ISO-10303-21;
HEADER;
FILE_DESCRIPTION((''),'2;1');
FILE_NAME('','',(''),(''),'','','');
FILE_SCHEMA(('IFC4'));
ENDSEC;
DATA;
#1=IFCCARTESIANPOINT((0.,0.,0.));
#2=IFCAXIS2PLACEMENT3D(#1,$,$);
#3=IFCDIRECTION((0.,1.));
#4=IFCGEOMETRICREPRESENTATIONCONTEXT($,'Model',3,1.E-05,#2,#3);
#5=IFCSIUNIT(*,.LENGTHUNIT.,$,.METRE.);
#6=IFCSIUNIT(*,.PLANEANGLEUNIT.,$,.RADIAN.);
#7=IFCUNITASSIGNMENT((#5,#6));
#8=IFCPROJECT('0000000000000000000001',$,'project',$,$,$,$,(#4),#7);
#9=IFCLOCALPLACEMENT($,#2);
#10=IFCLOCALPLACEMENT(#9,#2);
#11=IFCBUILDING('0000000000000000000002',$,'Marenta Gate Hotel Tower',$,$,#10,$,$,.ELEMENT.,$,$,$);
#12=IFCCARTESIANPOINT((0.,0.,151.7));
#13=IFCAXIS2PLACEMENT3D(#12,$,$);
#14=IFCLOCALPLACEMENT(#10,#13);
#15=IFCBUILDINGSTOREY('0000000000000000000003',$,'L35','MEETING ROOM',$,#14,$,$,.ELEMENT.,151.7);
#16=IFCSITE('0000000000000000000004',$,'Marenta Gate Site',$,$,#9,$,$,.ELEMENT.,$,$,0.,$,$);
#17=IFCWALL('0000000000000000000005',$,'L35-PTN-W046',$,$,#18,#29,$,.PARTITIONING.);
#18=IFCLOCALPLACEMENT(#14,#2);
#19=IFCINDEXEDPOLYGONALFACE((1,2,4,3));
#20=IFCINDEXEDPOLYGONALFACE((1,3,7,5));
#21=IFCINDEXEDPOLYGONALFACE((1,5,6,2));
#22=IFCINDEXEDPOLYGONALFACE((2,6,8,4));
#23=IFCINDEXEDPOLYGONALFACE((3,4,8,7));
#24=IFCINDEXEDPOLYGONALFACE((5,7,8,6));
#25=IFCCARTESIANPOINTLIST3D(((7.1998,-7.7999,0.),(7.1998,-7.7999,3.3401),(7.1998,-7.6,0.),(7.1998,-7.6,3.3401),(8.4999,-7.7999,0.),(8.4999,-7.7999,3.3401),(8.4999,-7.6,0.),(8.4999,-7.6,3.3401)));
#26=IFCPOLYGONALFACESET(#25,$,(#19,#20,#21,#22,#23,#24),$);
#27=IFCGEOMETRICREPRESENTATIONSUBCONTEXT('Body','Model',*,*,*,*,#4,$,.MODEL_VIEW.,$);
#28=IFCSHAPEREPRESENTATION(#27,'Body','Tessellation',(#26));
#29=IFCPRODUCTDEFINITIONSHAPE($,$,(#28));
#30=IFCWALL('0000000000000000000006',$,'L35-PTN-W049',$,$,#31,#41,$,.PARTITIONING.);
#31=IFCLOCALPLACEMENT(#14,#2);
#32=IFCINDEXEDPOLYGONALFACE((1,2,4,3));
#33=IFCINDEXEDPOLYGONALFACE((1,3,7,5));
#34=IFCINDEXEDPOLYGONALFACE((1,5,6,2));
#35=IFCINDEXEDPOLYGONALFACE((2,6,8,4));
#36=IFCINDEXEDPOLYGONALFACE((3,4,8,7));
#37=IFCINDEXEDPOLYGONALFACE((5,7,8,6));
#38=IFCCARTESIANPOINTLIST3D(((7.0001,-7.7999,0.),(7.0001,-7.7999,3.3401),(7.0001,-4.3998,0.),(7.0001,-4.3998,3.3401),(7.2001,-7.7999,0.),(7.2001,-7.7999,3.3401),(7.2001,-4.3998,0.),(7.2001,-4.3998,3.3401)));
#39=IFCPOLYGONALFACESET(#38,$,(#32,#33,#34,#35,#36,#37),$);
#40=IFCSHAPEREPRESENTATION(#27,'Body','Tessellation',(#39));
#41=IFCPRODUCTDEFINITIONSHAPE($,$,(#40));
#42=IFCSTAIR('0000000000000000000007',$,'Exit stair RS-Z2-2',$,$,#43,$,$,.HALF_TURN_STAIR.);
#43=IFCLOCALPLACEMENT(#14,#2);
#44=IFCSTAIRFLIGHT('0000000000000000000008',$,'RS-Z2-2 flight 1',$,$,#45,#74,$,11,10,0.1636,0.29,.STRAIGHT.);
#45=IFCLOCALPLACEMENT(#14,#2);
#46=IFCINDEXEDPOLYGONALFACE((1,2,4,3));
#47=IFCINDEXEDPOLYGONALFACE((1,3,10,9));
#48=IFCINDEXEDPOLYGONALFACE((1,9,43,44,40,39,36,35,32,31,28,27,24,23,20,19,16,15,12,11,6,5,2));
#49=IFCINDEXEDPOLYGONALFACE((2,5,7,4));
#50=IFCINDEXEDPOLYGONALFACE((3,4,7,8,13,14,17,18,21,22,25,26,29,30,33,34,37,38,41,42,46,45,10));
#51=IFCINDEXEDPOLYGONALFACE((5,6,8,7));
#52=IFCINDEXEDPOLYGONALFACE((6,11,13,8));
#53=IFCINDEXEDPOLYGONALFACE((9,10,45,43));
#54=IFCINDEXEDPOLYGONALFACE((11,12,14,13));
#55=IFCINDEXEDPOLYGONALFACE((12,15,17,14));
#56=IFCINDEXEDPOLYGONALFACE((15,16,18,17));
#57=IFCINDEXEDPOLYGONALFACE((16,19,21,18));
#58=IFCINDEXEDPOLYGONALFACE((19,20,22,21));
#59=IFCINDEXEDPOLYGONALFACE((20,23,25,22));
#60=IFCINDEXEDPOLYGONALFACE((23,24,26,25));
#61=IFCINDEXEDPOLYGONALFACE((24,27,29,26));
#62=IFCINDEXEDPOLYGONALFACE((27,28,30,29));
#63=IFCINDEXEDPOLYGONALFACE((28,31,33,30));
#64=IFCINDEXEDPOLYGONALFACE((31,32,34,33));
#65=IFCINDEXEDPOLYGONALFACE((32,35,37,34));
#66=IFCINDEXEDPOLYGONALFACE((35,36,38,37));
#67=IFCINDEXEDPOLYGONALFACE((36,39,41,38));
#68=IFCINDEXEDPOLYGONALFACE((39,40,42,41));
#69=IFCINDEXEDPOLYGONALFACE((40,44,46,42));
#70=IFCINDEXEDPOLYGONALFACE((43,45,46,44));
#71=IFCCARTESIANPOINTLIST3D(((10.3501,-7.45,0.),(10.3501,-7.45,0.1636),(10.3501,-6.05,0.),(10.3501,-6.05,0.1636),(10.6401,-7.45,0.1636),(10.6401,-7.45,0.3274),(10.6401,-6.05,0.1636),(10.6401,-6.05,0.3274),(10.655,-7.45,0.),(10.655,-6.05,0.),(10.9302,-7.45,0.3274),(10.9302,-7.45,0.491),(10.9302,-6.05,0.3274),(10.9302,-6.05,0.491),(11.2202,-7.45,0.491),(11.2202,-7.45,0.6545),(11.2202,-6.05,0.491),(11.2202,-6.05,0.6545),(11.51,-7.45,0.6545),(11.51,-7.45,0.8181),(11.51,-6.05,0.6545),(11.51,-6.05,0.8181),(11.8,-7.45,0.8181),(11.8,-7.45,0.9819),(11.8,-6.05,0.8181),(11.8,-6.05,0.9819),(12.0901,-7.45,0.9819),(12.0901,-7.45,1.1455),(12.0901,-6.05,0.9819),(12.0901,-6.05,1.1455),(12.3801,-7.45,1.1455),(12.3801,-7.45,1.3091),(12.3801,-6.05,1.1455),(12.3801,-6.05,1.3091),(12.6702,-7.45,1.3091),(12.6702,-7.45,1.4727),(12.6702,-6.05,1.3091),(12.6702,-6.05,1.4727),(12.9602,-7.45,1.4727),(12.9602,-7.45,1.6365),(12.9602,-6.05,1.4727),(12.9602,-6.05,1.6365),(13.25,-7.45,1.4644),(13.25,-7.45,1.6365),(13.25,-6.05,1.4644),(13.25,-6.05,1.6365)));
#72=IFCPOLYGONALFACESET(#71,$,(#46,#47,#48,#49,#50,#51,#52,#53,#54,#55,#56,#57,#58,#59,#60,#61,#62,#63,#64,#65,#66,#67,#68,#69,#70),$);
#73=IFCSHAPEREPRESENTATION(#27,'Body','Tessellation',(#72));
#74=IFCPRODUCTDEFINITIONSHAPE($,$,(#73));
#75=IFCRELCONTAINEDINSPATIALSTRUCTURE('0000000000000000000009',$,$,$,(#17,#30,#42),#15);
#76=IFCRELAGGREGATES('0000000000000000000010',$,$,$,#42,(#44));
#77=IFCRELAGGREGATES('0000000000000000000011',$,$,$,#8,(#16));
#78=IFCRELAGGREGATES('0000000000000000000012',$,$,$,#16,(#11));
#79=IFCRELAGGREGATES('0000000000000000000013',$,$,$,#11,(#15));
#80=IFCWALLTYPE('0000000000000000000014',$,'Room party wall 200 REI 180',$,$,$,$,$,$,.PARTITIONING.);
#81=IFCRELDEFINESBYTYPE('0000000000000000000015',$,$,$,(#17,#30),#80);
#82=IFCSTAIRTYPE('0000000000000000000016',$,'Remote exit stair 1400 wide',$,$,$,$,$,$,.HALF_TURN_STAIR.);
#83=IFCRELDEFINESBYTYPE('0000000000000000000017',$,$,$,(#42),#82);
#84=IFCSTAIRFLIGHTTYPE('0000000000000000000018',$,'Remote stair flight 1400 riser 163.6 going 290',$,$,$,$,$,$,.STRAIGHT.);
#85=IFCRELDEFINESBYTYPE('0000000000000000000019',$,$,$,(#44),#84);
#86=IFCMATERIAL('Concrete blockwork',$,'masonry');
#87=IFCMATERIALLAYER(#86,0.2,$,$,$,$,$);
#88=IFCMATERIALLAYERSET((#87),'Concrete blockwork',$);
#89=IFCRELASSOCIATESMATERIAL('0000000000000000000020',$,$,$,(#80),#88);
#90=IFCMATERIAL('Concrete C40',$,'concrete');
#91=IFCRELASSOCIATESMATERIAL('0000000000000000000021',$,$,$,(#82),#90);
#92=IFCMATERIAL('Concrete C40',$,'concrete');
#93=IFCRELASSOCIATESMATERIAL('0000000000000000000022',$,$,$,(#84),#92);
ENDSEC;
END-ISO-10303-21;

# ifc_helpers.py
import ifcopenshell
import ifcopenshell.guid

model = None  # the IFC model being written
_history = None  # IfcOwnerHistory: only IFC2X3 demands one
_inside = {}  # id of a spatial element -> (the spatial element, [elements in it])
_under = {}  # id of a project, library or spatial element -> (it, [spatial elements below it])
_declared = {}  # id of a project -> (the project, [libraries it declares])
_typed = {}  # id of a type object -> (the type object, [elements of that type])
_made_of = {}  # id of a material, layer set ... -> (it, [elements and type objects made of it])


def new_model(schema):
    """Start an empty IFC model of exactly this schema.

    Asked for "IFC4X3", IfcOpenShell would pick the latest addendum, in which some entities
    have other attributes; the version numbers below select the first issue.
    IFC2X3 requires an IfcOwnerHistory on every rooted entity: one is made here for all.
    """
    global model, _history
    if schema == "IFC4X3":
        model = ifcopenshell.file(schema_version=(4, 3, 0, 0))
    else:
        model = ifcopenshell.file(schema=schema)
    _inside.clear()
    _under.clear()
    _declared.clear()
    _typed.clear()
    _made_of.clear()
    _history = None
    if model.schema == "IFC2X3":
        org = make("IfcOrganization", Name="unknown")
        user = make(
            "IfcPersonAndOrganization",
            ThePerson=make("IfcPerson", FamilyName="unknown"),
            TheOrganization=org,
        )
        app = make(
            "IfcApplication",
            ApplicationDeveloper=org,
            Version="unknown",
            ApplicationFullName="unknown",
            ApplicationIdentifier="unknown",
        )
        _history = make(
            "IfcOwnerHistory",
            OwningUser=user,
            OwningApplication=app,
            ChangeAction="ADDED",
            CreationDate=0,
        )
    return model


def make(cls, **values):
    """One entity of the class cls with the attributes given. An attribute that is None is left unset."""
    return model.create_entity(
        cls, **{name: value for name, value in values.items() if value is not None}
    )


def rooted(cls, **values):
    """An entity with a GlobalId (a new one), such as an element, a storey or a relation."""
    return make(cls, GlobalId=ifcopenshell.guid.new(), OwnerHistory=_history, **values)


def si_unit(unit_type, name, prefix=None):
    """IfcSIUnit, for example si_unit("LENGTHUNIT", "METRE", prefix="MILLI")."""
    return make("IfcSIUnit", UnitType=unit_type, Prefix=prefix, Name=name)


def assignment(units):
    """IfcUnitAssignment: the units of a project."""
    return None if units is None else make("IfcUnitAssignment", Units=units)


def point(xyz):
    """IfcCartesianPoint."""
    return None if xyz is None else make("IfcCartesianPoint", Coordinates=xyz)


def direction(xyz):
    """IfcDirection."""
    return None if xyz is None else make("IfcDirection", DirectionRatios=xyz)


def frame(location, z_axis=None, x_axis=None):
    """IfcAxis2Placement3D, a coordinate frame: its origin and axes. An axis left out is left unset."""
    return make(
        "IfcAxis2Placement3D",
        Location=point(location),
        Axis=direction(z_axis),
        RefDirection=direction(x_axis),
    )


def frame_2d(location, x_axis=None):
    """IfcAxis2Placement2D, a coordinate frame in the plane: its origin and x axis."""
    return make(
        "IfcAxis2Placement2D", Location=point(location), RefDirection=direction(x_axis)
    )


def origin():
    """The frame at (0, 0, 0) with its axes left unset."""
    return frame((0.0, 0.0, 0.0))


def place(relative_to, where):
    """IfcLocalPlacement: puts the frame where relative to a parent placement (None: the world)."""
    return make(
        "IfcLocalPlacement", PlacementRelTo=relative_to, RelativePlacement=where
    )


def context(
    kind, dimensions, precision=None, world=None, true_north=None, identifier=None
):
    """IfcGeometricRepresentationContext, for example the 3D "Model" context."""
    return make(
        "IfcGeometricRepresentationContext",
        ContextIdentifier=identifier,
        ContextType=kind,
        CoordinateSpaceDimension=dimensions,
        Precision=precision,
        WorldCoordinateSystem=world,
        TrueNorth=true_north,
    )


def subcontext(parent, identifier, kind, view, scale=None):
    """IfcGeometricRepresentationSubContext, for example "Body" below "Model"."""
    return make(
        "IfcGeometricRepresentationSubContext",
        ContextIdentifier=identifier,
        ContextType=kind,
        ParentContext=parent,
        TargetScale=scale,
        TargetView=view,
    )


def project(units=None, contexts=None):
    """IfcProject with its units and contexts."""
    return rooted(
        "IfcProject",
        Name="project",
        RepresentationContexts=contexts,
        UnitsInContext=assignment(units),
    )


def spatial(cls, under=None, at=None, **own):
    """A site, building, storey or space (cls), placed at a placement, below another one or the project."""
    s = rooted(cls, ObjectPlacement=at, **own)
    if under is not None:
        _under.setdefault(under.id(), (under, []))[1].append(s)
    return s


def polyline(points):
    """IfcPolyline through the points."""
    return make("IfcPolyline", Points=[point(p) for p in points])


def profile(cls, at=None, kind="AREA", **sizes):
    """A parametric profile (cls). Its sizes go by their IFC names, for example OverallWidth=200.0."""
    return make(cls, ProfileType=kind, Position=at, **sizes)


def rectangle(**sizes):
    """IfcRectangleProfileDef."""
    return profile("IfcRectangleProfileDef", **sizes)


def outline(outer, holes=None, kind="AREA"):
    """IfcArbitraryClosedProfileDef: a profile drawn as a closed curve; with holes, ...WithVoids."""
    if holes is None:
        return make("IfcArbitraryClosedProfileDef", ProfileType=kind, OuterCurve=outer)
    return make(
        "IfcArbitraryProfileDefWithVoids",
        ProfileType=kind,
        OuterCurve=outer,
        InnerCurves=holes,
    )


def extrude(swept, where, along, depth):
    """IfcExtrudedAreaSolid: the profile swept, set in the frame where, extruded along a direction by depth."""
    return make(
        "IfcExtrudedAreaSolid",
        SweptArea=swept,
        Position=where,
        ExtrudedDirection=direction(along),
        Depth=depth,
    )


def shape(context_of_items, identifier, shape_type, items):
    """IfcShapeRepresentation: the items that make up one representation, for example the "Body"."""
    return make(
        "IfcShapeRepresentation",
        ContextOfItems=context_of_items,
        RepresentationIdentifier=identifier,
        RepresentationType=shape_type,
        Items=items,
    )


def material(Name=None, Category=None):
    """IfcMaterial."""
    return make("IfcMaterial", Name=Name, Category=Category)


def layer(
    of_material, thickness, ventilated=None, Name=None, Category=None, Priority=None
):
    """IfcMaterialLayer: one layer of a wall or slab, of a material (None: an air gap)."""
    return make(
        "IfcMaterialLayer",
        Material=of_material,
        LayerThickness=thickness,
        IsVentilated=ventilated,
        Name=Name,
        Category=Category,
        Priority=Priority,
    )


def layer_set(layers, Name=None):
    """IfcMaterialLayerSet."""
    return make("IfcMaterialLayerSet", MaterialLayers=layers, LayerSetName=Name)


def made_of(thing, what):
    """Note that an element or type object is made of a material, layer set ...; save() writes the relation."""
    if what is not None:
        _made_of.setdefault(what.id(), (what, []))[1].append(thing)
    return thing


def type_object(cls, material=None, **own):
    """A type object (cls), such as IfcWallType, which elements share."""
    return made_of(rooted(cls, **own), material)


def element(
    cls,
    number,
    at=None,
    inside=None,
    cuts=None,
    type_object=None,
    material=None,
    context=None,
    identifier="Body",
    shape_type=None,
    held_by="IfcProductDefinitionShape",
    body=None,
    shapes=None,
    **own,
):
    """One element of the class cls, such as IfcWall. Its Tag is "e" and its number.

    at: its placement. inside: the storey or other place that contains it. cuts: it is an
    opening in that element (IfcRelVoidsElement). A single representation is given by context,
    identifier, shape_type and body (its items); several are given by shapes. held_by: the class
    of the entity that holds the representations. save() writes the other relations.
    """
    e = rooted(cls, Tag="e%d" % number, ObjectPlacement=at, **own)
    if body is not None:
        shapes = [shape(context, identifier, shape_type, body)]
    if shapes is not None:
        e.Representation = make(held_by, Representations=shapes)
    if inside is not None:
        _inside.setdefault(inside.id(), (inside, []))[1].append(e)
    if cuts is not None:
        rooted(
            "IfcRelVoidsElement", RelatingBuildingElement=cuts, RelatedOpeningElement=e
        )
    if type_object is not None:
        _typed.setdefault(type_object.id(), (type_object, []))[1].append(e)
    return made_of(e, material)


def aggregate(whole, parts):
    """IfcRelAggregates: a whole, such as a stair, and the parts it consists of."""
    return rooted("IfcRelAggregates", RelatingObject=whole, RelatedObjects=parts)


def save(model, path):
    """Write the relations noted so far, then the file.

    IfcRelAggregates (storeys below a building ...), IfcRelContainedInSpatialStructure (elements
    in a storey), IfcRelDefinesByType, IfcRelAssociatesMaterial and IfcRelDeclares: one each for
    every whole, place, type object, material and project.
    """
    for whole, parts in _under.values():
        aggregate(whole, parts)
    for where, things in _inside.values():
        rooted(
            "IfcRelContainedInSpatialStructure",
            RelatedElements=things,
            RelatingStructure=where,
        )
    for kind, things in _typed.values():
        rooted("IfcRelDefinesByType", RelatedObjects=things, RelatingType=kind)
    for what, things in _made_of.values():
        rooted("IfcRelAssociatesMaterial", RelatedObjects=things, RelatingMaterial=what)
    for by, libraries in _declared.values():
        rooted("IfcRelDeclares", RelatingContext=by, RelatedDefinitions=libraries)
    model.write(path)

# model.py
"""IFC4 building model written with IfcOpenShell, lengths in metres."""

from ifc_helpers import new_model, si_unit, direction, frame, frame_2d, origin, place, context, subcontext, project, spatial, polyline, rectangle, outline, extrude, material, layer, layer_set, type_object, element, aggregate, save


model = new_model("IFC4")

# Units and contexts
model_context = context("Model", 3, precision=1e-05, world=origin(), true_north=direction((0.0, 1.0)))
body_context = subcontext(model_context, "Body", "Model", "MODEL_VIEW")
ifc_project = project(units=[si_unit("LENGTHUNIT", "METRE"), si_unit("PLANEANGLEUNIT", "RADIAN")], contexts=[model_context])

# Site, building, storey
site_placement = place(None, origin())
site = spatial("IfcSite", under=ifc_project, at=site_placement, Name="Marenta Gate Site", CompositionType="ELEMENT", RefElevation=0.0)
building_placement = place(site_placement, origin())
building = spatial("IfcBuilding", under=site, at=building_placement, Name="Marenta Gate Hotel Tower", CompositionType="ELEMENT")
storey_placement = place(building_placement, frame((0.0, 0.0, 151.7)))
storey = spatial("IfcBuildingStorey", under=building, at=storey_placement, Name="L35", Description="MEETING ROOM", CompositionType="ELEMENT", Elevation=151.7)

# Walls
ifc_material_1 = material(Name="Concrete blockwork", Category="masonry")
ifc_layer_1 = layer(ifc_material_1, 0.2)
ifc_layer_set_1 = layer_set([ifc_layer_1], Name="Concrete blockwork")
wall_type_1 = type_object("IfcWallType", Name="Room party wall 200 REI 180", PredefinedType="PARTITIONING", material=ifc_layer_set_1)
wall_1_placement = place(storey_placement, frame((7.2, -7.7, 0.0), z_axis=(0.0, 0.0, 1.0), x_axis=(1.0, 0.0, 0.0)))
element("IfcWall", 1, at=wall_1_placement, inside=storey, type_object=wall_type_1, Name="L35-PTN-W046", PredefinedType="PARTITIONING", context=body_context, shape_type="SweptSolid", body=[
    extrude(rectangle(XDim=1.3, YDim=0.2, at=frame_2d((0.6499, 0.0))), origin(), (0.0, 0.0, 1.0), 3.3401),
])
wall_2_placement = place(storey_placement, frame((7.1001, -7.8, 0.0), z_axis=(0.0, 0.0, 1.0), x_axis=(0.0, 1.0, 0.0)))
element("IfcWall", 2, at=wall_2_placement, inside=storey, type_object=wall_type_1, Name="L35-PTN-W049", PredefinedType="PARTITIONING", context=body_context, shape_type="SweptSolid", body=[
    extrude(rectangle(XDim=3.4001, YDim=0.2, at=frame_2d((1.7002, 0.0))), origin(), (0.0, 0.0, 1.0), 3.3401),
])

# Stair, stair flight
ifc_material_2 = material(Name="Concrete C40", Category="concrete")
stair_type = type_object("IfcStairType", Name="Remote exit stair 1400 wide", PredefinedType="HALF_TURN_STAIR", material=ifc_material_2)
stair_placement = place(storey_placement, origin())
stair = element("IfcStair", 3, at=stair_placement, inside=storey, type_object=stair_type, Name="Exit stair RS-Z2-2", PredefinedType="HALF_TURN_STAIR")
ifc_material_3 = material(Name="Concrete C40", Category="concrete")
stair_flight_type = type_object("IfcStairFlightType", Name="Remote stair flight 1400 riser 163.6 going 290", PredefinedType="STRAIGHT", material=ifc_material_3)
stair_flight_placement = place(storey_placement, frame((10.3501, -6.75, 0.0), z_axis=(0.0, 0.0, 1.0), x_axis=(1.0, 0.0, 0.0)))
stair_flight = element("IfcStairFlight", 4, at=stair_flight_placement, type_object=stair_flight_type, Name="RS-Z2-2 flight 1", NumberOfRisers=11, NumberOfTreads=10, PredefinedType="STRAIGHT", RiserHeight=0.1636, TreadLength=0.29, context=body_context, shape_type="SweptSolid", body=[
    extrude(outline(polyline([(0.0, 0.0), (0.0, 0.1636), (0.29, 0.1636), (0.29, 0.3274), (0.5801, 0.3274), (0.5801, 0.491), (0.8701, 0.491), (0.8701, 0.6545), (1.1599, 0.6545), (1.1599, 0.8181), (1.45, 0.8181), (1.45, 0.9819), (1.74, 0.9819), (1.74, 1.1455), (2.03, 1.1455), (2.03, 1.3091), (2.3201, 1.3091), (2.3201, 1.4727), (2.6101, 1.4727), (2.6101, 1.6365), (2.8999, 1.6365), (2.8999, 1.8), (2.8999, 1.4644), (0.3049, 0.0), (0.0, 0.0)])), frame((0.0, 0.7, 0.0), z_axis=(0.0, -1.0, 0.0), x_axis=(1.0, 0.0, 0.0)), (0.0, 0.0, 1.0), 1.3999),
])
aggregate(stair, [stair_flight])

save(model, "model.ifc")
